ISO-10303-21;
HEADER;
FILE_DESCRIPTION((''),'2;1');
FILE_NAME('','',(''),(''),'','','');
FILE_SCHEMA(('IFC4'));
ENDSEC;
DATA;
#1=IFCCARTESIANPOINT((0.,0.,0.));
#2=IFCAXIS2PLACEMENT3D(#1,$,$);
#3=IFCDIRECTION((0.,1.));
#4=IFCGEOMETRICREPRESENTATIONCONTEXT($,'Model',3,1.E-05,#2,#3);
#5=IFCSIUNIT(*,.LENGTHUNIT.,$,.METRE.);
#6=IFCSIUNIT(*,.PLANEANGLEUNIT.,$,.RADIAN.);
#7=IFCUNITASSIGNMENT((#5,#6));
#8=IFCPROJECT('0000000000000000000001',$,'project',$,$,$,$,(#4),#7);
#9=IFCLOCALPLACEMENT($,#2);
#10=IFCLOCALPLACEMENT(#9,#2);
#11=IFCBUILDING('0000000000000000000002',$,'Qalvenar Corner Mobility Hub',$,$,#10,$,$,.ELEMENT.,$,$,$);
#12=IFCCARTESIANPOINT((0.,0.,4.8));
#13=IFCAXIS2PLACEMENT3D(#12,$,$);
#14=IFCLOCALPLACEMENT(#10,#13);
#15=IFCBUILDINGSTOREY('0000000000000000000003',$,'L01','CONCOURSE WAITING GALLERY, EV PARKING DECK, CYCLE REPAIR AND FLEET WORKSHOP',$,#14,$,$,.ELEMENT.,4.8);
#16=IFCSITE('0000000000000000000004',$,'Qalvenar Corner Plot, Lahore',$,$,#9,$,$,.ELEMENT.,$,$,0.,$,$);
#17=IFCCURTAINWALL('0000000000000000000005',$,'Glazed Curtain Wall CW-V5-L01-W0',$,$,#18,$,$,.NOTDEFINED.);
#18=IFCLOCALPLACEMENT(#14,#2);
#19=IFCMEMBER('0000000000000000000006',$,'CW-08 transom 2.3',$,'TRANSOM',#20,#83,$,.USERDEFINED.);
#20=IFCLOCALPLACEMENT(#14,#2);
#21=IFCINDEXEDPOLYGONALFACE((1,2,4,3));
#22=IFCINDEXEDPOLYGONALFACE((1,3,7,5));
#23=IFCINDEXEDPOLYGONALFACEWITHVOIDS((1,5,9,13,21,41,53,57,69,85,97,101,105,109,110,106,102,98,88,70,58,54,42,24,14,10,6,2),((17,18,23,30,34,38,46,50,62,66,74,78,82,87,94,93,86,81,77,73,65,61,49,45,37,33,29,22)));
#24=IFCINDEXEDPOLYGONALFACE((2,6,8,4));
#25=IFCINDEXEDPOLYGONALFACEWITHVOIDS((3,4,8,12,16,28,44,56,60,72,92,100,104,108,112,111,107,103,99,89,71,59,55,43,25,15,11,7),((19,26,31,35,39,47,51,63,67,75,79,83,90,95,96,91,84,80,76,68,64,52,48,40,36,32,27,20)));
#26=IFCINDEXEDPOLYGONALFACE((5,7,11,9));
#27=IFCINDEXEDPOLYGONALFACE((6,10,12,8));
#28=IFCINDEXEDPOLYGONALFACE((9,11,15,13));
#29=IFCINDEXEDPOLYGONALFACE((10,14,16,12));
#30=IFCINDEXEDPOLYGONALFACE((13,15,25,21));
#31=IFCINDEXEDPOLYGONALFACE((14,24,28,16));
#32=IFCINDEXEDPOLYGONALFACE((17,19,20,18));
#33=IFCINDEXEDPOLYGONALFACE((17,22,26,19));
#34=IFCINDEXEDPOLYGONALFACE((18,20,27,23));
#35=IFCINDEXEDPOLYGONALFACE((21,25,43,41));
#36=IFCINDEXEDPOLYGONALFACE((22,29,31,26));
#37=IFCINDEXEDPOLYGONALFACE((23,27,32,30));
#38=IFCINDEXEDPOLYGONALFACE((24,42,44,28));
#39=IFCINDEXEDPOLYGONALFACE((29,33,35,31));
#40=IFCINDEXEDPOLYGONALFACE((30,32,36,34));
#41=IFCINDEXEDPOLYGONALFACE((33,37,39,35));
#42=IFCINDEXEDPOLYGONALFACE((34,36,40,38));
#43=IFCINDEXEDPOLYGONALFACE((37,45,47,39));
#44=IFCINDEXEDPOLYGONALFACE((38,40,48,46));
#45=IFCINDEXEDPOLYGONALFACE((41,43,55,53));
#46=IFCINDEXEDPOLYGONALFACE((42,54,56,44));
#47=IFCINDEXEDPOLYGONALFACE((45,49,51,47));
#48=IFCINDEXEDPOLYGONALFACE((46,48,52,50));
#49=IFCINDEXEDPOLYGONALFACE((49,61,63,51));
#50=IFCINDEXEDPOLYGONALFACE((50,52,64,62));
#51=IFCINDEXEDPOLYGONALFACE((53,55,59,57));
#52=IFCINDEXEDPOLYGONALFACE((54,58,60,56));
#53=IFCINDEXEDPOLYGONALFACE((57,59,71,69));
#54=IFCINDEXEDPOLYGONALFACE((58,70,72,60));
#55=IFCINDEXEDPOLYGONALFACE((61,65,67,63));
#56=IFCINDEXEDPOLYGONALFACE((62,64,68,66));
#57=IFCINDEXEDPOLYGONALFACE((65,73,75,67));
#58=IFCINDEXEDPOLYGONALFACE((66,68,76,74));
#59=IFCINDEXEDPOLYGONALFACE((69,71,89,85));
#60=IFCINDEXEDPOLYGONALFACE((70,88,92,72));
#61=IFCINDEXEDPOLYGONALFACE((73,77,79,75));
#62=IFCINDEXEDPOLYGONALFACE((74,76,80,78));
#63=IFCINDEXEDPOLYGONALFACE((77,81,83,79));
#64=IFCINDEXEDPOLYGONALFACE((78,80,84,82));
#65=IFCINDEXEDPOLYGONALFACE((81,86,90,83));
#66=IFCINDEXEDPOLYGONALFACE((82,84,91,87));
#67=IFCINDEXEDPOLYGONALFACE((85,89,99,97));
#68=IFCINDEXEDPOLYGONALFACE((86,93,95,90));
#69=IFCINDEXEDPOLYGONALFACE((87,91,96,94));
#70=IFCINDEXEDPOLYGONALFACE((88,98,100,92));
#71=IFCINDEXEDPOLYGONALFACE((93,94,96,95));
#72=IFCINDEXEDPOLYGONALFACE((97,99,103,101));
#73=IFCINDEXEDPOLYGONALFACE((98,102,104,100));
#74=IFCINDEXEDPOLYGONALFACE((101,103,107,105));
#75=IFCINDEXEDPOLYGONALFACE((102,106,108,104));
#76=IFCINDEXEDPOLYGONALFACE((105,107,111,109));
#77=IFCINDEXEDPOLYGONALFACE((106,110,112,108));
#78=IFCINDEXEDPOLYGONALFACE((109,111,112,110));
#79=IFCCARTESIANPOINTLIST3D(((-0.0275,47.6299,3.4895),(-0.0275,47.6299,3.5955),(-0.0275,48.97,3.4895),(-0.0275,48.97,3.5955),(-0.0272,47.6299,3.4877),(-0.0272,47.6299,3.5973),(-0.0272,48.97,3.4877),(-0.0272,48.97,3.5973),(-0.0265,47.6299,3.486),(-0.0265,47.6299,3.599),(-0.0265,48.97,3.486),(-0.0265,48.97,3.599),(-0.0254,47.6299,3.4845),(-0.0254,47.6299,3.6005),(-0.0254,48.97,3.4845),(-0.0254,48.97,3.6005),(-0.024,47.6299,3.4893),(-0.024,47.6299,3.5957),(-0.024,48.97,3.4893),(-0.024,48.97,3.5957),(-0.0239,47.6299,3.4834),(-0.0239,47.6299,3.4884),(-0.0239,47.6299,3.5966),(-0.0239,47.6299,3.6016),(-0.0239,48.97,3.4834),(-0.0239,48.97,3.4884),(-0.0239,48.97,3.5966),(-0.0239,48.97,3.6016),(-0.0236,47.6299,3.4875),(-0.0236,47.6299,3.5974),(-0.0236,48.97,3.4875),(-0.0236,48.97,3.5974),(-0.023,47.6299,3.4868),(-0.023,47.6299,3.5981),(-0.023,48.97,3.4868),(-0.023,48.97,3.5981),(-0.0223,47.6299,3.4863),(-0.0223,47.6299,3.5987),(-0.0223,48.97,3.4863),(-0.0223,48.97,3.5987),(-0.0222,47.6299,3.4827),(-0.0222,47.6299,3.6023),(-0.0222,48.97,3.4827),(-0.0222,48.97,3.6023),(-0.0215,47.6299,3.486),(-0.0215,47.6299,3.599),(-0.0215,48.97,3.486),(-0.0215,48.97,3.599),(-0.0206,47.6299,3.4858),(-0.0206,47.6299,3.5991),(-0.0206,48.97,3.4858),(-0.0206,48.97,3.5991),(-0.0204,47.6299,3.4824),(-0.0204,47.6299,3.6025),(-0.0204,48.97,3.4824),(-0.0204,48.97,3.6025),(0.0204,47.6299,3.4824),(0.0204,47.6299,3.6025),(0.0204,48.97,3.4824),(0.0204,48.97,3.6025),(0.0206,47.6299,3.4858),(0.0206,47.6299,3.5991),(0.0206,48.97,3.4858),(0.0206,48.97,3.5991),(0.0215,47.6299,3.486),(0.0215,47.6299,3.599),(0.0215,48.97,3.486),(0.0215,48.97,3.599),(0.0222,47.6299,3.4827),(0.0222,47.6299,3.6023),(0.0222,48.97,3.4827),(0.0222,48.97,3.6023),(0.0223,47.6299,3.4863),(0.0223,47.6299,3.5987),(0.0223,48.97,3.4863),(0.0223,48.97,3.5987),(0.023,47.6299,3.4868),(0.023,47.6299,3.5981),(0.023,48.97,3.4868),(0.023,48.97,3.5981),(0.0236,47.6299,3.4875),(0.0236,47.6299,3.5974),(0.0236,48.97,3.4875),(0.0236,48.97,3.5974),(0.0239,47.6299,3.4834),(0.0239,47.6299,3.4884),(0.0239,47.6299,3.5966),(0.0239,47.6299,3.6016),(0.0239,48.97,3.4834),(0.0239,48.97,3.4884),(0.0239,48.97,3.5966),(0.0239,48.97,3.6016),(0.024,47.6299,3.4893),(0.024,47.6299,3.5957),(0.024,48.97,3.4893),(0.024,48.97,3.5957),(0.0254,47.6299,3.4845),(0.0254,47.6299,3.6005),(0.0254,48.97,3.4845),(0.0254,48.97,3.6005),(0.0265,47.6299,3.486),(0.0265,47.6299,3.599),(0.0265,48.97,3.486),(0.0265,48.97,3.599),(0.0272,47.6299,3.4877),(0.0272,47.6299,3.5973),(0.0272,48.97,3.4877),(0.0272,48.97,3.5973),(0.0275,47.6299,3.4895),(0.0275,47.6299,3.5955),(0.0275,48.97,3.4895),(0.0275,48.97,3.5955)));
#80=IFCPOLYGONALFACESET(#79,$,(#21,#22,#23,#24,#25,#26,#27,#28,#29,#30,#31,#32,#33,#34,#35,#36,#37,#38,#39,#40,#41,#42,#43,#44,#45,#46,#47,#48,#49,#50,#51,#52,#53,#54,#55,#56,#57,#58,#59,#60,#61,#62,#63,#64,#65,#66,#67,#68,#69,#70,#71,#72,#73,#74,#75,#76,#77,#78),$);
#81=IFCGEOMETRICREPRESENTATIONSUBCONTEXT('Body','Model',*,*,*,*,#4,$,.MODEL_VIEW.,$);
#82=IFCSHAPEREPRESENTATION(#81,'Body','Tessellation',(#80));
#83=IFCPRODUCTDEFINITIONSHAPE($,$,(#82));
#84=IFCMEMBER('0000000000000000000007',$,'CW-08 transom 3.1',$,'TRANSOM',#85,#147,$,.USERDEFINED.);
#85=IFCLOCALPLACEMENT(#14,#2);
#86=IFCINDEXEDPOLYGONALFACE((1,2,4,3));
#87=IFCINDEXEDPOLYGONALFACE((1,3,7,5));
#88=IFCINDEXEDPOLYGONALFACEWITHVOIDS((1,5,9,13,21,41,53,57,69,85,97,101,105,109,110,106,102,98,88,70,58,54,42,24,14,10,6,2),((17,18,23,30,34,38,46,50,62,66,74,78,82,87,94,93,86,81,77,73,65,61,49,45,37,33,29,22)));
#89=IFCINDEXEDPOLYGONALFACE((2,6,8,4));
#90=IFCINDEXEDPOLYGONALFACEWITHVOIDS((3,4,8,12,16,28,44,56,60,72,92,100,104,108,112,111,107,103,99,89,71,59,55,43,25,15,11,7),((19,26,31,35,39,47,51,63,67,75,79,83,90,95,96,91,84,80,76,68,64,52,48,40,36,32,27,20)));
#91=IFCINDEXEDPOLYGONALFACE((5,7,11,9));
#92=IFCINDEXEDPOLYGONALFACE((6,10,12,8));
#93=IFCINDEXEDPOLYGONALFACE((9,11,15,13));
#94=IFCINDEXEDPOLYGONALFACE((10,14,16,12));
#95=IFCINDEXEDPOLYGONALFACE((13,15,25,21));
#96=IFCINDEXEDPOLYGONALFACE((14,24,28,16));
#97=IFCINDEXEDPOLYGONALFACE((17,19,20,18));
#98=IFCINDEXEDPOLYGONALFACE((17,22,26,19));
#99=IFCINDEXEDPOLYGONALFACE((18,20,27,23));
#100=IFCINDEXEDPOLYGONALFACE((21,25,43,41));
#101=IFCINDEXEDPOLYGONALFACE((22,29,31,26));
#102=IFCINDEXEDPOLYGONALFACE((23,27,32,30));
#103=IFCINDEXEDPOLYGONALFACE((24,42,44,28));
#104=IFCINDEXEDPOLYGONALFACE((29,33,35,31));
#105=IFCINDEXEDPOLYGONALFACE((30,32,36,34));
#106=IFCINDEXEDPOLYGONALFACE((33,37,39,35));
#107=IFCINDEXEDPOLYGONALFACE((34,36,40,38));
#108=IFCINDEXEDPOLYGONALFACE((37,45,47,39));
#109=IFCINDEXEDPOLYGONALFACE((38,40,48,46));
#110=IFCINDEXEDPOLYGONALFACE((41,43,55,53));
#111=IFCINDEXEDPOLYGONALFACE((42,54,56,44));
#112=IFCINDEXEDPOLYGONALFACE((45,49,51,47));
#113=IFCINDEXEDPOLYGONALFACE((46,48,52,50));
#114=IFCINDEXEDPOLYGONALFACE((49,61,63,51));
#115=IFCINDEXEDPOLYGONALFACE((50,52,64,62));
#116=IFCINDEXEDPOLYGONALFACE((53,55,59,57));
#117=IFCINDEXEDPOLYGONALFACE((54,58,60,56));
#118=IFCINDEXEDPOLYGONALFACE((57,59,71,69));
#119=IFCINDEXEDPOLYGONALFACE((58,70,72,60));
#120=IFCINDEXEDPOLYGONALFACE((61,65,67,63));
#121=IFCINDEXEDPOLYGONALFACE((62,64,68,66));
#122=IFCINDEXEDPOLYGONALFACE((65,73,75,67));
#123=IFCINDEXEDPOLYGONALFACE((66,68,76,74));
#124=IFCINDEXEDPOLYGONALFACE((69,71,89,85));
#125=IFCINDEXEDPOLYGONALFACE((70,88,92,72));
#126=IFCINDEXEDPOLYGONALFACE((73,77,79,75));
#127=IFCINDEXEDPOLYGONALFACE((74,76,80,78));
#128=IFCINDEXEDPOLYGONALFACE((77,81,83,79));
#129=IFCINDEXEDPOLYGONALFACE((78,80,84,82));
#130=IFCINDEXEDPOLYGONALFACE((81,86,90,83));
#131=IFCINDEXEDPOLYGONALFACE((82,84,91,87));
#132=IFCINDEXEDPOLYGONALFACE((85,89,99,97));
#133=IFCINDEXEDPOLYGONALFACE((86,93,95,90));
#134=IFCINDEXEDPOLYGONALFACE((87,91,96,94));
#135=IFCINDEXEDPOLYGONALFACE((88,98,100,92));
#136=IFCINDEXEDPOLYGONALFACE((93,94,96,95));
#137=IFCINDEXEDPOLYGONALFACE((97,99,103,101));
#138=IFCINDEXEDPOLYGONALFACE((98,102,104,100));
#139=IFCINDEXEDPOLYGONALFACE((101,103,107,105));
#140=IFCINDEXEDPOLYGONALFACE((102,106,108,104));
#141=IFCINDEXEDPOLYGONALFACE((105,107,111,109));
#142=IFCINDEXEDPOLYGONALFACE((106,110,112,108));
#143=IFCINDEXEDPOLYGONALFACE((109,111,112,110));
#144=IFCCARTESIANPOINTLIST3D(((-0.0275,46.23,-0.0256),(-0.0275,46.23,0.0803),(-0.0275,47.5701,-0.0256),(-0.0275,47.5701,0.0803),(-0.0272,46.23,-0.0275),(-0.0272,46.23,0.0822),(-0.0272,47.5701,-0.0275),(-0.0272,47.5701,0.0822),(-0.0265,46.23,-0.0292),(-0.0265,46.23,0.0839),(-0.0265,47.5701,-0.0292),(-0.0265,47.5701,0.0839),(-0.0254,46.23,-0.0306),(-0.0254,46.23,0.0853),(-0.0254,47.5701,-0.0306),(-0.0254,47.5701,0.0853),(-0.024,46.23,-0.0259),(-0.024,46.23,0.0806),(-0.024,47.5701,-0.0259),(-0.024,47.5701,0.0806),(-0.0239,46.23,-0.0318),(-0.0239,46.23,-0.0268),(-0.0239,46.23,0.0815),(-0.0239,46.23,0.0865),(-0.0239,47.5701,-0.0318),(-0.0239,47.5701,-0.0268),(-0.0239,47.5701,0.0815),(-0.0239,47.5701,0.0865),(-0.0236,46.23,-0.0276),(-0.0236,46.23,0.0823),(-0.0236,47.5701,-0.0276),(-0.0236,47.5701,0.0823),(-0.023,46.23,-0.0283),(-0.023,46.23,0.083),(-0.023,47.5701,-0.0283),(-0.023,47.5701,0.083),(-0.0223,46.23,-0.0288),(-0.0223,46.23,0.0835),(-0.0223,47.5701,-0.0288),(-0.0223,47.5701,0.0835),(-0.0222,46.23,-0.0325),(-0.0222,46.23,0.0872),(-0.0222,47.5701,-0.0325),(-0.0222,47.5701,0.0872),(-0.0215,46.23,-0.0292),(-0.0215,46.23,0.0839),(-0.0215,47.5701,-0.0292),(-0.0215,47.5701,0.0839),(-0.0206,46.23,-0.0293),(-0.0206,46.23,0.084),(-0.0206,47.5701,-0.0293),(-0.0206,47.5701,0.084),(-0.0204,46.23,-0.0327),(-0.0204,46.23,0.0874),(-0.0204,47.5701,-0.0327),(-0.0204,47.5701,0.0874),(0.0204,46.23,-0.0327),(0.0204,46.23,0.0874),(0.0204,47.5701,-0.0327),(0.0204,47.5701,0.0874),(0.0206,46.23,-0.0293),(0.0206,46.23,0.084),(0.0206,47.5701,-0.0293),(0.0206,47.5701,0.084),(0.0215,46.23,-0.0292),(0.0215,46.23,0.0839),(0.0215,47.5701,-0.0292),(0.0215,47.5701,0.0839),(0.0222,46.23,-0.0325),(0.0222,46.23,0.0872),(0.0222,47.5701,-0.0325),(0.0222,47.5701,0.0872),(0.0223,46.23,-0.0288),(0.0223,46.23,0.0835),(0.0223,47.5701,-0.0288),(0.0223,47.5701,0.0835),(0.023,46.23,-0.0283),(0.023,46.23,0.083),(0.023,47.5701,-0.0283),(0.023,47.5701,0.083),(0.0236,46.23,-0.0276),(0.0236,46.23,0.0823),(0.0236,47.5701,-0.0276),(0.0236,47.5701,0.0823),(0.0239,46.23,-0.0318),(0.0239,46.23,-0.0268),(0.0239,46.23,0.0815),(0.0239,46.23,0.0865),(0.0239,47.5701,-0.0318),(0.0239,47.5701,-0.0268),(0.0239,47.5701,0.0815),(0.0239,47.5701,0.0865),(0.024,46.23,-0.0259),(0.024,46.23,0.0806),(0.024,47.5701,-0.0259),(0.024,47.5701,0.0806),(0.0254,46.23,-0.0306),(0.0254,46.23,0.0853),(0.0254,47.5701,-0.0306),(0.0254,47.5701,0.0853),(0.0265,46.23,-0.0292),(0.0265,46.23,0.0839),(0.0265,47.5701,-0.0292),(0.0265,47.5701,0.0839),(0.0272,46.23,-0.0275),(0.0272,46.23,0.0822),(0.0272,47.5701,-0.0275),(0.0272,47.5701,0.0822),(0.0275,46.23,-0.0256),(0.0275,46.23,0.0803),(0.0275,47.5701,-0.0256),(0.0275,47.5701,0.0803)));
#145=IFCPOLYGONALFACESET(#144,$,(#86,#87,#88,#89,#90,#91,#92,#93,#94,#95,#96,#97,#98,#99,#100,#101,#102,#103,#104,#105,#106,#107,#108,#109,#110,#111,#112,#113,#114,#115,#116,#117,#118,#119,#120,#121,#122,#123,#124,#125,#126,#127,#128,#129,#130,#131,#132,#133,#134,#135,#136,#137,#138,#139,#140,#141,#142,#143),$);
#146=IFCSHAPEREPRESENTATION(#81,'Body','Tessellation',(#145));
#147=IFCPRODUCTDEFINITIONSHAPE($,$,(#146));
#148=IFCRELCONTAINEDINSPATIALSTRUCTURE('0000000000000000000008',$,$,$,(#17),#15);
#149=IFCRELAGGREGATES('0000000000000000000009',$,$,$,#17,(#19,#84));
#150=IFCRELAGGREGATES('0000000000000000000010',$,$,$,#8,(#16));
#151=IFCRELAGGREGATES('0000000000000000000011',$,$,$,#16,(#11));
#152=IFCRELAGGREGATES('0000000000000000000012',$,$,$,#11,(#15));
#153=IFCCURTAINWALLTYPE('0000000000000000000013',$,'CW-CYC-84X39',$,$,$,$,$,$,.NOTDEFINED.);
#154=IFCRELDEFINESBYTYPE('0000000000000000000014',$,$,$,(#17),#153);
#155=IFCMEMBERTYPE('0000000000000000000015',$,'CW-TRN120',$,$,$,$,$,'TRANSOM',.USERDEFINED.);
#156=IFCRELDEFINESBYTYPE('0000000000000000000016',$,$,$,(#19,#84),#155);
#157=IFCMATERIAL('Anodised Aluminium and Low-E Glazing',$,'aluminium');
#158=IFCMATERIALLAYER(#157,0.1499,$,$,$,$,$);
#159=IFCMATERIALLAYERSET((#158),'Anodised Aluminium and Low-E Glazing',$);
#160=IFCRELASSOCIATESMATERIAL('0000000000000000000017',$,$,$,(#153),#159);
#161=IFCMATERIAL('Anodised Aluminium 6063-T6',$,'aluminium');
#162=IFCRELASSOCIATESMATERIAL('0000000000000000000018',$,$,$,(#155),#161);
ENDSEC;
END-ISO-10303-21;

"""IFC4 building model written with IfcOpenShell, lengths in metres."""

from ifc_helpers import new_model, si_unit, direction, frame, origin, origin_2d, place, context, subcontext, project, spatial, hollow_rectangle, extrude, material, layer, layer_set, material_profile, profile_set, type_object, element, aggregate, save


model = new_model("IFC4")

# Units and contexts
model_context = context("Model", 3, precision=1e-05, world=origin(), true_north=direction((0.0, 1.0)))
body_context = subcontext(model_context, "Body", "Model", "MODEL_VIEW")
ifc_project = project(units=[si_unit("LENGTHUNIT", "METRE"), si_unit("PLANEANGLEUNIT", "RADIAN")], contexts=[model_context])

# Site, building, storey
site_placement = place(None, origin())
site = spatial("IfcSite", under=ifc_project, at=site_placement, Name="Qalvenar Corner Plot, Lahore", CompositionType="ELEMENT", RefElevation=0.0)
building_placement = place(site_placement, origin())
building = spatial("IfcBuilding", under=site, at=building_placement, Name="Qalvenar Corner Mobility Hub", CompositionType="ELEMENT")
storey_placement = place(building_placement, frame((0.0, 0.0, 4.8)))
storey = spatial("IfcBuildingStorey", under=building, at=storey_placement, Name="L01", Description="CONCOURSE WAITING GALLERY, EV PARKING DECK, CYCLE REPAIR AND FLEET WORKSHOP", CompositionType="ELEMENT", Elevation=4.8)

# Curtain wall, members
ifc_material_1 = material(Name="Anodised Aluminium and Low-E Glazing", Category="aluminium")
ifc_layer_1 = layer(ifc_material_1, 0.1499)
ifc_layer_set_1 = layer_set([ifc_layer_1], Name="Anodised Aluminium and Low-E Glazing")
curtain_wall_type = type_object("IfcCurtainWallType", Name="CW-CYC-84X39", PredefinedType="NOTDEFINED", material=ifc_layer_set_1)
curtain_wall_placement = place(storey_placement, origin())
curtain_wall = element("IfcCurtainWall", 1, at=curtain_wall_placement, inside=storey, type_object=curtain_wall_type, Name="Glazed Curtain Wall CW-V5-L01-W0", PredefinedType="NOTDEFINED")
ifc_material_2 = material(Name="Anodised Aluminium 6063-T6", Category="aluminium")
ifc_material_profile_1 = material_profile(ifc_material_2, hollow_rectangle(XDim=0.0549, YDim=0.1201, WallThickness=0.0034, InnerFilletRadius=0.0034, OuterFilletRadius=0.0071, at=origin_2d()), Name="RHS120x55x3.5")
ifc_profile_set_1 = profile_set([ifc_material_profile_1], Name="Anodised Aluminium 6063-T6")
member_type_1 = type_object("IfcMemberType", Name="CW-TRN120", ElementType="TRANSOM", PredefinedType="USERDEFINED", material=ifc_profile_set_1)
member_1_placement = place(storey_placement, frame((0.0, 48.97, 3.5425), z_axis=(0.0, -1.0, 0.0), x_axis=(1.0, 0.0, 0.0)))
member_1 = element("IfcMember", 2, at=member_1_placement, type_object=member_type_1, Name="CW-08 transom 2.3", ObjectType="TRANSOM", PredefinedType="USERDEFINED", context=body_context, shape_type="SweptSolid", body=[
    extrude(hollow_rectangle(XDim=0.0549, YDim=0.1201, WallThickness=0.0034, InnerFilletRadius=0.0034, OuterFilletRadius=0.0071, at=origin_2d()), origin(), (0.0, 0.0, 1.0), 1.3401),
])
member_2_placement = place(storey_placement, frame((0.0, 47.5701, 0.0273), z_axis=(0.0, -1.0, 0.0), x_axis=(1.0, 0.0, 0.0)))
member_2 = element("IfcMember", 3, at=member_2_placement, type_object=member_type_1, Name="CW-08 transom 3.1", ObjectType="TRANSOM", PredefinedType="USERDEFINED", context=body_context, shape_type="SweptSolid", body=[
    extrude(hollow_rectangle(XDim=0.0549, YDim=0.1201, WallThickness=0.0034, InnerFilletRadius=0.0034, OuterFilletRadius=0.0071, at=origin_2d()), origin(), (0.0, 0.0, 1.0), 1.3401),
])
aggregate(curtain_wall, [member_1, member_2])

save(model, "model.ifc")
